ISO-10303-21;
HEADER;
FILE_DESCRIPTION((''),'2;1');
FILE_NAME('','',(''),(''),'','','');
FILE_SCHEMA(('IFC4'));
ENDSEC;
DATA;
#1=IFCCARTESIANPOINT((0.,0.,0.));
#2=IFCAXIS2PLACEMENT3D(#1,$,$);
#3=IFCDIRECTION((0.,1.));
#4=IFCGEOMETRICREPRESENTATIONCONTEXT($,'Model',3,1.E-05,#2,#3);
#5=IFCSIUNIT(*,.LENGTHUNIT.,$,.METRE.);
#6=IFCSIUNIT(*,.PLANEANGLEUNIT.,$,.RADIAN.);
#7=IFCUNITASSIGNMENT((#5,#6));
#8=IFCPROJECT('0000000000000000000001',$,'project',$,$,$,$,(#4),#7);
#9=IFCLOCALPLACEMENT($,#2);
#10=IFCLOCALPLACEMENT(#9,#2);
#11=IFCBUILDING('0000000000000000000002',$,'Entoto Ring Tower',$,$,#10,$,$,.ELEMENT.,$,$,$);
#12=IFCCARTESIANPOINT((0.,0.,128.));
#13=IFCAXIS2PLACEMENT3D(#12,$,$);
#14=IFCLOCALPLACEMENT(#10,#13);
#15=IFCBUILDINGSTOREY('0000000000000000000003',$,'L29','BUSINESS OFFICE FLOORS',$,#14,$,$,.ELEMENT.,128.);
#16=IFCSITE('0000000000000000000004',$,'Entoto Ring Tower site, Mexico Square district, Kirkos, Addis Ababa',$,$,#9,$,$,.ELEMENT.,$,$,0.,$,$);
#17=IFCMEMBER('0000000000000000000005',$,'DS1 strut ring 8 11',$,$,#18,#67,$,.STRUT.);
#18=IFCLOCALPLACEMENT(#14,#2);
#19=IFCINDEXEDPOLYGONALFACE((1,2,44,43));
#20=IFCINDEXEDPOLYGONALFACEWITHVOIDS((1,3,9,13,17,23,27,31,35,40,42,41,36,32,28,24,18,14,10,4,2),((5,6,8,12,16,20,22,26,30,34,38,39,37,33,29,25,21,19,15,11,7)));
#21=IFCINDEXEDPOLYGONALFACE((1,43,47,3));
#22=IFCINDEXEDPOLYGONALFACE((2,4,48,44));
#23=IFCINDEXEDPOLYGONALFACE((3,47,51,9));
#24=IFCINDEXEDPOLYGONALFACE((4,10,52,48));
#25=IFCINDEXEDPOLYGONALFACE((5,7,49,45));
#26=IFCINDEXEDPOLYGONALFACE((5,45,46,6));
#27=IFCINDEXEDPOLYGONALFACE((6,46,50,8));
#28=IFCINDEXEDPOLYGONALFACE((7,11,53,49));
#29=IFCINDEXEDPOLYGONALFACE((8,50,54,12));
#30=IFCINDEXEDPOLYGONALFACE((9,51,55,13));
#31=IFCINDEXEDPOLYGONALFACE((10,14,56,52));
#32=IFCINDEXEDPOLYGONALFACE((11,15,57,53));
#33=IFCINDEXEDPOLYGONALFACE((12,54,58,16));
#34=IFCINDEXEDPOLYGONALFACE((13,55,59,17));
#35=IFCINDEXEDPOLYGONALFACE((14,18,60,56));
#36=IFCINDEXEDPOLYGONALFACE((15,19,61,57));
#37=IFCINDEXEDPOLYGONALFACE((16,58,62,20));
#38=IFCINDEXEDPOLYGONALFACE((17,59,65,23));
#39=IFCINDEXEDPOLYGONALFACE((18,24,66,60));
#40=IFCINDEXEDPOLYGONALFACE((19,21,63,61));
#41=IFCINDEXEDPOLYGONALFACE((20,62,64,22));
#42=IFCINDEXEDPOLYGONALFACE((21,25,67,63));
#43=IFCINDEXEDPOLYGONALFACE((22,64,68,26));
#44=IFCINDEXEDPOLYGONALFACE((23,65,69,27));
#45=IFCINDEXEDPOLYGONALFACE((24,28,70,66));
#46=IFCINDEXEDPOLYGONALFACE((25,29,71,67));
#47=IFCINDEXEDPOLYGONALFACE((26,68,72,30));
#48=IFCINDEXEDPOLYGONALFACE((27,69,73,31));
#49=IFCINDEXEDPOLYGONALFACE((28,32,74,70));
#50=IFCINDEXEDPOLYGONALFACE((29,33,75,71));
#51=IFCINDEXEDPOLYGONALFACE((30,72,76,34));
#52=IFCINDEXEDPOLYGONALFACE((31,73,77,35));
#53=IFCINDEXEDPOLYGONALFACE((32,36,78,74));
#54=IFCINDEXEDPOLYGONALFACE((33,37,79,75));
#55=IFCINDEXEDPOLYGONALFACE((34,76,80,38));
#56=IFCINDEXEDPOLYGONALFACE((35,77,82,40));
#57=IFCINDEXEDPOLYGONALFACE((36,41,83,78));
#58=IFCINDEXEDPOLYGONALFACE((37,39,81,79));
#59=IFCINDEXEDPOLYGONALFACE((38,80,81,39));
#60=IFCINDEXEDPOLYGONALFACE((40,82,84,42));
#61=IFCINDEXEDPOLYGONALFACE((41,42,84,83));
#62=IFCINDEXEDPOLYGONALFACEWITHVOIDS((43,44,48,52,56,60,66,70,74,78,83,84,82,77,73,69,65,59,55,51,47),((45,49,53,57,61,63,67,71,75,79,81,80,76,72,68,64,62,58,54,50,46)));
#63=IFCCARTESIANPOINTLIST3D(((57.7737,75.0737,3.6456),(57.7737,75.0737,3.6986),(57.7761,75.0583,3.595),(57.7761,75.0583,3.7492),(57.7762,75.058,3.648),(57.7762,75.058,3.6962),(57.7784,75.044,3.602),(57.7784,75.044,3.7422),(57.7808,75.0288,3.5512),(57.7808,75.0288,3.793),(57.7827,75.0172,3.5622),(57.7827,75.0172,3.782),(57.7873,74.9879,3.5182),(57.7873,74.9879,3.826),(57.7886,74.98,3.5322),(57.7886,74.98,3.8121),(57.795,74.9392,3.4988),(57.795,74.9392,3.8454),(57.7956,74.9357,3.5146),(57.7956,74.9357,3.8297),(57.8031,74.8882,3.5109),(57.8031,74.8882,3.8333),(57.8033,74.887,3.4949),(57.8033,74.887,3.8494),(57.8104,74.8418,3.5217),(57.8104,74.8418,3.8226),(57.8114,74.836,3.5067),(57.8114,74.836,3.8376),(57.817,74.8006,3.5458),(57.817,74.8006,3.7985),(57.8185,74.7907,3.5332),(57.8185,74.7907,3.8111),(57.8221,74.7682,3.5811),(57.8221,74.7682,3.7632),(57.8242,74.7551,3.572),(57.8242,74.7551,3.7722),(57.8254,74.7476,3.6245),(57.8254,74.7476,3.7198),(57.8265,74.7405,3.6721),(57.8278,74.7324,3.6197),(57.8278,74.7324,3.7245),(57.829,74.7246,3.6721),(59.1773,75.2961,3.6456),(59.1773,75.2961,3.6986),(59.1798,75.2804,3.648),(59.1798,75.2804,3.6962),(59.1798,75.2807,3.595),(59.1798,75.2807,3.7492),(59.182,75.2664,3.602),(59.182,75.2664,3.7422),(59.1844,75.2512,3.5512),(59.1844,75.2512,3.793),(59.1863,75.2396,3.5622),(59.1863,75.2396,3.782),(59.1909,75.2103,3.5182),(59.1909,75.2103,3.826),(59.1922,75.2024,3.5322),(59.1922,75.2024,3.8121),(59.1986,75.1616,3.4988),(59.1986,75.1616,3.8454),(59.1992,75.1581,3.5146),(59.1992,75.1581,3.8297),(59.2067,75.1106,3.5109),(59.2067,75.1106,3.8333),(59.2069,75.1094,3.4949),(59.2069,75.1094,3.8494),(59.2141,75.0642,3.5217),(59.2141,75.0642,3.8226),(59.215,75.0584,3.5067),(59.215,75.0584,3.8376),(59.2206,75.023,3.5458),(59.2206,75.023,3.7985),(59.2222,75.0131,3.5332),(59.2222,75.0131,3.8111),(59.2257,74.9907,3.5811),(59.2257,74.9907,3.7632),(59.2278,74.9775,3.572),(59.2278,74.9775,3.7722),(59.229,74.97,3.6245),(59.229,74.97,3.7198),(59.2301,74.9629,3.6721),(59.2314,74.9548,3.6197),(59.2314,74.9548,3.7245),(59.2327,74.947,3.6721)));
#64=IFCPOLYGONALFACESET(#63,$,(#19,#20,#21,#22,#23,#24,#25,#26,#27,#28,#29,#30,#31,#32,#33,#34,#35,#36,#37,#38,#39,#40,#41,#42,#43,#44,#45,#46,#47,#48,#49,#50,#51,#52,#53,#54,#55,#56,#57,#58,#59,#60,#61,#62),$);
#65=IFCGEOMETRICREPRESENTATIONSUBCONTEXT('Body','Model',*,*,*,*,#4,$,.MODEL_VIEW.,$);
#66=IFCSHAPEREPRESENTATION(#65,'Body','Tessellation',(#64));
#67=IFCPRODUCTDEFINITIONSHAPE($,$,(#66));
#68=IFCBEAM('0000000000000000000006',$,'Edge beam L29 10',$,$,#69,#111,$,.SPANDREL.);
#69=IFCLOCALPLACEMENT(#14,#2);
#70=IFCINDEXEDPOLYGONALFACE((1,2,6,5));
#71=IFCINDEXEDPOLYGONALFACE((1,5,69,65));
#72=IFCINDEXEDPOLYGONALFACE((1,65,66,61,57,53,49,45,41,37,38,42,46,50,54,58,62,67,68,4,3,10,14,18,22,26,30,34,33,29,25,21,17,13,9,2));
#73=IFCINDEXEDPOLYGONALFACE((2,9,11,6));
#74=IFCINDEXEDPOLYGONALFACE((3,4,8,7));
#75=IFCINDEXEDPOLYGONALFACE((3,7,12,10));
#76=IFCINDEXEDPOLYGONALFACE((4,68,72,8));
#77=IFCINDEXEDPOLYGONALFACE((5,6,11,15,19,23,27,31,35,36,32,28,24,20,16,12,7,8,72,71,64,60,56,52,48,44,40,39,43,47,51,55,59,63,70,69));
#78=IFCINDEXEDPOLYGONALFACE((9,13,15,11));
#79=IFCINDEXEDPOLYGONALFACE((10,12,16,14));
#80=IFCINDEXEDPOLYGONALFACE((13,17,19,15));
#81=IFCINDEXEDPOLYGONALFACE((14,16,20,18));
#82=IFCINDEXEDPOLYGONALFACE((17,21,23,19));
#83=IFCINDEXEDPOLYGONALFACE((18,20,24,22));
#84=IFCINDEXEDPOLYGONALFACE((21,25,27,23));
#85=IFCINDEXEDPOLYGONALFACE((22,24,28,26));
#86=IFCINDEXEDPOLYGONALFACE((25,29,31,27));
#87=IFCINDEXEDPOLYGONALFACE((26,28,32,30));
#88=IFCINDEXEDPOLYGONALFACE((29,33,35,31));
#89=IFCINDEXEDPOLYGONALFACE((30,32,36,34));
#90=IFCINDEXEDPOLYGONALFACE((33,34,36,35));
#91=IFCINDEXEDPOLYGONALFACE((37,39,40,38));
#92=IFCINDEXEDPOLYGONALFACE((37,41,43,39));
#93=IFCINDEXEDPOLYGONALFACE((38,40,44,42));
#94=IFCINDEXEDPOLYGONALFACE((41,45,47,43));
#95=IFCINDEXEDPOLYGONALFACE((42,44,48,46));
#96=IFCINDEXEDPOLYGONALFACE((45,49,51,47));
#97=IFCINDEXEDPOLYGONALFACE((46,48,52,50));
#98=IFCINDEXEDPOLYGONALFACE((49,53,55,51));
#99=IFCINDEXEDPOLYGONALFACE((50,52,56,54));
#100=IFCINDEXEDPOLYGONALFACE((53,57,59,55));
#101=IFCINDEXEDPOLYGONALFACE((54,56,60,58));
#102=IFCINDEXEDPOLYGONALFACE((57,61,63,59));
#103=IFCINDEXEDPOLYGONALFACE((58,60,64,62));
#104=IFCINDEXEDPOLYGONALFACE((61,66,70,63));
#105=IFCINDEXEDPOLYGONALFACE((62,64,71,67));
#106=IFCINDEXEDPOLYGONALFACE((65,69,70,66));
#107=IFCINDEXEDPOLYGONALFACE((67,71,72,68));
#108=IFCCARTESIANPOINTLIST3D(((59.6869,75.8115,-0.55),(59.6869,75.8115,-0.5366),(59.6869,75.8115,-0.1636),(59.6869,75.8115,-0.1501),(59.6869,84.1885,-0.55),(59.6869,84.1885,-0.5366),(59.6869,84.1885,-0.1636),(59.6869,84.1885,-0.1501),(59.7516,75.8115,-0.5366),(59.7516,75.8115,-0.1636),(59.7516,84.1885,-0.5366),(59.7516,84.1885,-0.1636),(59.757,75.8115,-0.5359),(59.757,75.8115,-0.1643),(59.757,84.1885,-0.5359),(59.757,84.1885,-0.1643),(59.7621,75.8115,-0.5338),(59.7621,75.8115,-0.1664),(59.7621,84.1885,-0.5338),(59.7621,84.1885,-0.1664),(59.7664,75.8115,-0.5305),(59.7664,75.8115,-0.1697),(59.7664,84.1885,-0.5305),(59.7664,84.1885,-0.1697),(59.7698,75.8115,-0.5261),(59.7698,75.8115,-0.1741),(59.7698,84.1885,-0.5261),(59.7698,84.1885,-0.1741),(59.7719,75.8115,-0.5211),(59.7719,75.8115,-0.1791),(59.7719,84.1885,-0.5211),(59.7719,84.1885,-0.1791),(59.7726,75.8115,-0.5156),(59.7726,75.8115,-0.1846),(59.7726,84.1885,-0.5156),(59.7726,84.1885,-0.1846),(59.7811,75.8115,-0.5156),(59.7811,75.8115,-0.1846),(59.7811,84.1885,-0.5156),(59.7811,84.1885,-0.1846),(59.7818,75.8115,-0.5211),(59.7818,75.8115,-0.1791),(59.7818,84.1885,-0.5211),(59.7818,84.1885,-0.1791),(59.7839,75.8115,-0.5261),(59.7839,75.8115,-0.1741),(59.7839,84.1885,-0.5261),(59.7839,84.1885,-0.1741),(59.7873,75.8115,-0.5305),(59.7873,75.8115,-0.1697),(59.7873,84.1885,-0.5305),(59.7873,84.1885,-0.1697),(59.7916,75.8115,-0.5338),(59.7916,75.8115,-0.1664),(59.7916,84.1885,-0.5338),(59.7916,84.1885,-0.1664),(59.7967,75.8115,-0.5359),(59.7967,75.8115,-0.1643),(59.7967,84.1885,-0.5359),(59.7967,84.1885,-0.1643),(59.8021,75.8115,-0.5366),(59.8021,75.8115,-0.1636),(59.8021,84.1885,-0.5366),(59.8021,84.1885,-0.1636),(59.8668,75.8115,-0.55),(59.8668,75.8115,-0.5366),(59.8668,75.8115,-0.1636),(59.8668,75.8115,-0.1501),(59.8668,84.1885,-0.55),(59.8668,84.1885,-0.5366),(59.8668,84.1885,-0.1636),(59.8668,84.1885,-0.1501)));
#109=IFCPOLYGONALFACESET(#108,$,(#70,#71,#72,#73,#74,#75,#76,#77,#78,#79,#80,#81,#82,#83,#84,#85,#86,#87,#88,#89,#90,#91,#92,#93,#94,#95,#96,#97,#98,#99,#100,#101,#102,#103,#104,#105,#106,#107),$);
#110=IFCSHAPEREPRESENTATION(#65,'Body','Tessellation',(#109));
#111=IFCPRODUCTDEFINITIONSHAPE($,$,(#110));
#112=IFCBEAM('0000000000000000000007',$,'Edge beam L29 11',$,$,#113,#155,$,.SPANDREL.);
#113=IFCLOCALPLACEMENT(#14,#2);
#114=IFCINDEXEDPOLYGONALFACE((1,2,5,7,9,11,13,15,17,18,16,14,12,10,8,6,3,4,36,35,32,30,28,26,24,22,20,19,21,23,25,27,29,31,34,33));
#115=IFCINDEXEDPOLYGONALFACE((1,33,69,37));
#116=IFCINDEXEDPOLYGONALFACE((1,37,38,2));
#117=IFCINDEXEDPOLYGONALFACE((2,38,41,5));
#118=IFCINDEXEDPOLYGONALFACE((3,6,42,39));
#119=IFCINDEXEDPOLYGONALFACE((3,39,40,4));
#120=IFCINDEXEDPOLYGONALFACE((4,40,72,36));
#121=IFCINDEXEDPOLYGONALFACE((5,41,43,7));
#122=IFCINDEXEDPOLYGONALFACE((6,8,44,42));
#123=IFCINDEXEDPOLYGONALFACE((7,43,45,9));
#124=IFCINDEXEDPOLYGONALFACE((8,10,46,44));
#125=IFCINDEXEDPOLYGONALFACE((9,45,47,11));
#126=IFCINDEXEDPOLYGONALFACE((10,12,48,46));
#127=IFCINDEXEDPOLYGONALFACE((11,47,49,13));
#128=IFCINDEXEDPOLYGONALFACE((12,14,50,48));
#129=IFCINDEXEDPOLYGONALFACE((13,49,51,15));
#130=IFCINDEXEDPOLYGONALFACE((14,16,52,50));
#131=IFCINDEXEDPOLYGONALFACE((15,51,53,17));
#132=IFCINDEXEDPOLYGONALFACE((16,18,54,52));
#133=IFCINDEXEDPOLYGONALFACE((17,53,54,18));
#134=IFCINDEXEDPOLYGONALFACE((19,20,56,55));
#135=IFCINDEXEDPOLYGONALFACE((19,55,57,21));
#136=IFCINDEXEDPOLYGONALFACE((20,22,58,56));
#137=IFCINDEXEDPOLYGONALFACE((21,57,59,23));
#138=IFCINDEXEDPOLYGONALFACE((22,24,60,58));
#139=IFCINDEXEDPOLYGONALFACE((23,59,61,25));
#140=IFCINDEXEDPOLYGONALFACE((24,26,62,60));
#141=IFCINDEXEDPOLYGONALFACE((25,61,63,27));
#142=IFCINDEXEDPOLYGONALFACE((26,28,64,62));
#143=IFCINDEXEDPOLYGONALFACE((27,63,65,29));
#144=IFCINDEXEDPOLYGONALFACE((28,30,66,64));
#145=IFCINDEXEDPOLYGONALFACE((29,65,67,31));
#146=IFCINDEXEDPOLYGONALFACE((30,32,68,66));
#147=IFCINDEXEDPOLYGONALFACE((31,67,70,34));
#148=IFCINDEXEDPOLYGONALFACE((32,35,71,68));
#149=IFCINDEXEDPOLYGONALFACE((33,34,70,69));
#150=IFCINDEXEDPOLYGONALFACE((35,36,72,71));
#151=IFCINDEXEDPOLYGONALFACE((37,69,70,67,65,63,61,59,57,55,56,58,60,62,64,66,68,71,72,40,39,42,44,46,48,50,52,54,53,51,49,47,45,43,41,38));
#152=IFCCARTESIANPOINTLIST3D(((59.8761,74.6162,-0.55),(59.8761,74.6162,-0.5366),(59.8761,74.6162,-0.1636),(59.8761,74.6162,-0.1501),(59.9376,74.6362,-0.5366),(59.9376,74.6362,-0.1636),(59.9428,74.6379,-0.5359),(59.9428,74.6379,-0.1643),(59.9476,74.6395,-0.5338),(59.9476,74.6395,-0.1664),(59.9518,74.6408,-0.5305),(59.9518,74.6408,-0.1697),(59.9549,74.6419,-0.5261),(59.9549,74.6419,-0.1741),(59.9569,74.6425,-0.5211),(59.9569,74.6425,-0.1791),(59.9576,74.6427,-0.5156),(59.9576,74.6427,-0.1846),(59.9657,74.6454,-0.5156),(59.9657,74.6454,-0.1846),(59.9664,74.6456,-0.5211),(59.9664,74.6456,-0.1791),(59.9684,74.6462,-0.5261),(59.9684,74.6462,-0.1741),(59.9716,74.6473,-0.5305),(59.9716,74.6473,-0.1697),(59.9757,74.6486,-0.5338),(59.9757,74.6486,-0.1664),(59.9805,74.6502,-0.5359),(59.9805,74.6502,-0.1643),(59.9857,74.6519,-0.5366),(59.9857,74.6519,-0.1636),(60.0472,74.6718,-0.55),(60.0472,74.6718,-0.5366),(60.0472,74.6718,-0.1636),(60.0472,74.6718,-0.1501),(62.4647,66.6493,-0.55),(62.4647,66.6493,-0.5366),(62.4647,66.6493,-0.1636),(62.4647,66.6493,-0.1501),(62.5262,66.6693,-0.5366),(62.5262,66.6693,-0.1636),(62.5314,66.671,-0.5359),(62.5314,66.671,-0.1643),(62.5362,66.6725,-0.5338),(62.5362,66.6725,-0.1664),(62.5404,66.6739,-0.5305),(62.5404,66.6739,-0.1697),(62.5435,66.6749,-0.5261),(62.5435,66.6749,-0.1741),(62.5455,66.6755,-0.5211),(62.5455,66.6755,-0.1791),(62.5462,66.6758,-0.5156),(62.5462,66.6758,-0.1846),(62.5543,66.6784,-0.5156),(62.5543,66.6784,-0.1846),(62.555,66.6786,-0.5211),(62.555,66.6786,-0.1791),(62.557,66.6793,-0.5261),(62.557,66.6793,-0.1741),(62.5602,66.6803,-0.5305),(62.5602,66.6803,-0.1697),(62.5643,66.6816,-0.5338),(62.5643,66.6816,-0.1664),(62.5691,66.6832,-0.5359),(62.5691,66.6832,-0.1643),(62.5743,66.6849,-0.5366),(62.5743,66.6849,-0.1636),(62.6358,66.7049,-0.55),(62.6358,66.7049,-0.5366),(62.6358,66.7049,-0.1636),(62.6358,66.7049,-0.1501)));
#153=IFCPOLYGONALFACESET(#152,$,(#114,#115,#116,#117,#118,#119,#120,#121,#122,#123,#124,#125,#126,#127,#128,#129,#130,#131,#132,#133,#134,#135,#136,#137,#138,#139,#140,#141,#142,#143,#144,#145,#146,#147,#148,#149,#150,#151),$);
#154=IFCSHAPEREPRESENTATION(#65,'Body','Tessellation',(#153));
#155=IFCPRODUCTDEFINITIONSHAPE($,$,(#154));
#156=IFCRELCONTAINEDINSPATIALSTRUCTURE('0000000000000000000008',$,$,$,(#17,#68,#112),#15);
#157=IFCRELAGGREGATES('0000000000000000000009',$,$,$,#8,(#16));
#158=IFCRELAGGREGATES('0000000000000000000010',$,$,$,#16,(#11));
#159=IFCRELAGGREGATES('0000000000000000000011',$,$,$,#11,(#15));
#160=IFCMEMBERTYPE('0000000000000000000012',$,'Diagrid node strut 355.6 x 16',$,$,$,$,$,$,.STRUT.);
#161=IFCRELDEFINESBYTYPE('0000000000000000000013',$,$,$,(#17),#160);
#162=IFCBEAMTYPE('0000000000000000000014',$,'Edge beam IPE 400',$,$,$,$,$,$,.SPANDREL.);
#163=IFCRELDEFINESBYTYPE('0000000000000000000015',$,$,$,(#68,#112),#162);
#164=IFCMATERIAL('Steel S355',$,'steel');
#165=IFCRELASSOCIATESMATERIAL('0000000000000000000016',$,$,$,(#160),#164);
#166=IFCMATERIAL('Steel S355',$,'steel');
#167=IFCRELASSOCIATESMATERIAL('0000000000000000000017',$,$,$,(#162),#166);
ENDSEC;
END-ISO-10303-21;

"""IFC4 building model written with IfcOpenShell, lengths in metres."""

from ifc_helpers import new_model, si_unit, direction, frame, origin, origin_2d, place, context, subcontext, project, spatial, circle, hollow_circle, i_section, extrude, material, material_profile, profile_set, type_object, element, save


model = new_model("IFC4")

# Units and contexts
model_context = context("Model", 3, precision=1e-05, world=origin(), true_north=direction((0.0, 1.0)))
body_context = subcontext(model_context, "Body", "Model", "MODEL_VIEW")
ifc_project = project(units=[si_unit("LENGTHUNIT", "METRE"), si_unit("PLANEANGLEUNIT", "RADIAN")], contexts=[model_context])

# Site, building, storey
site_placement = place(None, origin())
site = spatial("IfcSite", under=ifc_project, at=site_placement, Name="Entoto Ring Tower site, Mexico Square district, Kirkos, Addis Ababa", CompositionType="ELEMENT", RefElevation=0.0)
building_placement = place(site_placement, origin())
building = spatial("IfcBuilding", under=site, at=building_placement, Name="Entoto Ring Tower", CompositionType="ELEMENT")
storey_placement = place(building_placement, frame((0.0, 0.0, 128.0)))
storey = spatial("IfcBuildingStorey", under=building, at=storey_placement, Name="L29", Description="BUSINESS OFFICE FLOORS", CompositionType="ELEMENT", Elevation=128.0)

# Member
ifc_material_1 = material(Name="Steel S355", Category="steel")
ifc_material_profile_1 = material_profile(ifc_material_1, hollow_circle(Radius=0.1777, WallThickness=0.0161, at=origin_2d()), Name="CHS 355.6 x 16")
ifc_material_2 = material(Name="Concrete C60/75", Category="concrete")
ifc_material_profile_2 = material_profile(ifc_material_2, circle(Radius=0.1619, at=origin_2d()), Name="Concrete C60/75 infill")
ifc_profile_set_1 = profile_set([ifc_material_profile_1, ifc_material_profile_2], Name="Steel S355")
member_type = type_object("IfcMemberType", Name="Diagrid node strut 355.6 x 16", PredefinedType="STRUT", material=ifc_profile_set_1)
member_placement = place(storey_placement, frame((59.2048, 75.1226, 3.6721), z_axis=(-0.987676, -0.15651, 0.0), x_axis=(0.15651, -0.987676, 0.0)))
element("IfcMember", 1, at=member_placement, inside=storey, type_object=member_type, Name="DS1 strut ring 8 11", PredefinedType="STRUT", context=body_context, shape_type="SweptSolid", body=[
    extrude(hollow_circle(Radius=0.1777, WallThickness=0.0161, at=origin_2d()), origin(), (0.0, 0.0, 1.0), 1.4211),
])

# Beams
ifc_material_3 = material(Name="Steel S355", Category="steel")
ifc_material_profile_3 = material_profile(ifc_material_3, i_section(OverallWidth=0.1799, OverallDepth=0.3999, WebThickness=0.0085, FlangeThickness=0.0134, FilletRadius=0.021, at=origin_2d()), Name="IPE 400")
ifc_profile_set_2 = profile_set([ifc_material_profile_3], Name="Steel S355")
beam_type_1 = type_object("IfcBeamType", Name="Edge beam IPE 400", PredefinedType="SPANDREL", material=ifc_profile_set_2)
for number, where, z_axis, x_axis, name in (
    (2, (59.7769, 84.1885, -0.3501), (0.0, -1.0, 0.0), (1.0, 0.0, 0.0), "Edge beam L29 10"),
    (3, (59.9617, 74.644, -0.3501), (0.309014, -0.951057, 0.0), (0.951057, 0.309014, 0.0), "Edge beam L29 11"),
):
    element("IfcBeam", number, at=place(storey_placement, frame(where, z_axis=z_axis, x_axis=x_axis)), inside=storey, type_object=beam_type_1, Name=name, PredefinedType="SPANDREL", context=body_context, shape_type="SweptSolid", body=[
        extrude(i_section(OverallWidth=0.1799, OverallDepth=0.3999, WebThickness=0.0085, FlangeThickness=0.0134, FilletRadius=0.021, at=origin_2d()), origin(), (0.0, 0.0, 1.0), 8.377),
    ])

save(model, "model.ifc")
